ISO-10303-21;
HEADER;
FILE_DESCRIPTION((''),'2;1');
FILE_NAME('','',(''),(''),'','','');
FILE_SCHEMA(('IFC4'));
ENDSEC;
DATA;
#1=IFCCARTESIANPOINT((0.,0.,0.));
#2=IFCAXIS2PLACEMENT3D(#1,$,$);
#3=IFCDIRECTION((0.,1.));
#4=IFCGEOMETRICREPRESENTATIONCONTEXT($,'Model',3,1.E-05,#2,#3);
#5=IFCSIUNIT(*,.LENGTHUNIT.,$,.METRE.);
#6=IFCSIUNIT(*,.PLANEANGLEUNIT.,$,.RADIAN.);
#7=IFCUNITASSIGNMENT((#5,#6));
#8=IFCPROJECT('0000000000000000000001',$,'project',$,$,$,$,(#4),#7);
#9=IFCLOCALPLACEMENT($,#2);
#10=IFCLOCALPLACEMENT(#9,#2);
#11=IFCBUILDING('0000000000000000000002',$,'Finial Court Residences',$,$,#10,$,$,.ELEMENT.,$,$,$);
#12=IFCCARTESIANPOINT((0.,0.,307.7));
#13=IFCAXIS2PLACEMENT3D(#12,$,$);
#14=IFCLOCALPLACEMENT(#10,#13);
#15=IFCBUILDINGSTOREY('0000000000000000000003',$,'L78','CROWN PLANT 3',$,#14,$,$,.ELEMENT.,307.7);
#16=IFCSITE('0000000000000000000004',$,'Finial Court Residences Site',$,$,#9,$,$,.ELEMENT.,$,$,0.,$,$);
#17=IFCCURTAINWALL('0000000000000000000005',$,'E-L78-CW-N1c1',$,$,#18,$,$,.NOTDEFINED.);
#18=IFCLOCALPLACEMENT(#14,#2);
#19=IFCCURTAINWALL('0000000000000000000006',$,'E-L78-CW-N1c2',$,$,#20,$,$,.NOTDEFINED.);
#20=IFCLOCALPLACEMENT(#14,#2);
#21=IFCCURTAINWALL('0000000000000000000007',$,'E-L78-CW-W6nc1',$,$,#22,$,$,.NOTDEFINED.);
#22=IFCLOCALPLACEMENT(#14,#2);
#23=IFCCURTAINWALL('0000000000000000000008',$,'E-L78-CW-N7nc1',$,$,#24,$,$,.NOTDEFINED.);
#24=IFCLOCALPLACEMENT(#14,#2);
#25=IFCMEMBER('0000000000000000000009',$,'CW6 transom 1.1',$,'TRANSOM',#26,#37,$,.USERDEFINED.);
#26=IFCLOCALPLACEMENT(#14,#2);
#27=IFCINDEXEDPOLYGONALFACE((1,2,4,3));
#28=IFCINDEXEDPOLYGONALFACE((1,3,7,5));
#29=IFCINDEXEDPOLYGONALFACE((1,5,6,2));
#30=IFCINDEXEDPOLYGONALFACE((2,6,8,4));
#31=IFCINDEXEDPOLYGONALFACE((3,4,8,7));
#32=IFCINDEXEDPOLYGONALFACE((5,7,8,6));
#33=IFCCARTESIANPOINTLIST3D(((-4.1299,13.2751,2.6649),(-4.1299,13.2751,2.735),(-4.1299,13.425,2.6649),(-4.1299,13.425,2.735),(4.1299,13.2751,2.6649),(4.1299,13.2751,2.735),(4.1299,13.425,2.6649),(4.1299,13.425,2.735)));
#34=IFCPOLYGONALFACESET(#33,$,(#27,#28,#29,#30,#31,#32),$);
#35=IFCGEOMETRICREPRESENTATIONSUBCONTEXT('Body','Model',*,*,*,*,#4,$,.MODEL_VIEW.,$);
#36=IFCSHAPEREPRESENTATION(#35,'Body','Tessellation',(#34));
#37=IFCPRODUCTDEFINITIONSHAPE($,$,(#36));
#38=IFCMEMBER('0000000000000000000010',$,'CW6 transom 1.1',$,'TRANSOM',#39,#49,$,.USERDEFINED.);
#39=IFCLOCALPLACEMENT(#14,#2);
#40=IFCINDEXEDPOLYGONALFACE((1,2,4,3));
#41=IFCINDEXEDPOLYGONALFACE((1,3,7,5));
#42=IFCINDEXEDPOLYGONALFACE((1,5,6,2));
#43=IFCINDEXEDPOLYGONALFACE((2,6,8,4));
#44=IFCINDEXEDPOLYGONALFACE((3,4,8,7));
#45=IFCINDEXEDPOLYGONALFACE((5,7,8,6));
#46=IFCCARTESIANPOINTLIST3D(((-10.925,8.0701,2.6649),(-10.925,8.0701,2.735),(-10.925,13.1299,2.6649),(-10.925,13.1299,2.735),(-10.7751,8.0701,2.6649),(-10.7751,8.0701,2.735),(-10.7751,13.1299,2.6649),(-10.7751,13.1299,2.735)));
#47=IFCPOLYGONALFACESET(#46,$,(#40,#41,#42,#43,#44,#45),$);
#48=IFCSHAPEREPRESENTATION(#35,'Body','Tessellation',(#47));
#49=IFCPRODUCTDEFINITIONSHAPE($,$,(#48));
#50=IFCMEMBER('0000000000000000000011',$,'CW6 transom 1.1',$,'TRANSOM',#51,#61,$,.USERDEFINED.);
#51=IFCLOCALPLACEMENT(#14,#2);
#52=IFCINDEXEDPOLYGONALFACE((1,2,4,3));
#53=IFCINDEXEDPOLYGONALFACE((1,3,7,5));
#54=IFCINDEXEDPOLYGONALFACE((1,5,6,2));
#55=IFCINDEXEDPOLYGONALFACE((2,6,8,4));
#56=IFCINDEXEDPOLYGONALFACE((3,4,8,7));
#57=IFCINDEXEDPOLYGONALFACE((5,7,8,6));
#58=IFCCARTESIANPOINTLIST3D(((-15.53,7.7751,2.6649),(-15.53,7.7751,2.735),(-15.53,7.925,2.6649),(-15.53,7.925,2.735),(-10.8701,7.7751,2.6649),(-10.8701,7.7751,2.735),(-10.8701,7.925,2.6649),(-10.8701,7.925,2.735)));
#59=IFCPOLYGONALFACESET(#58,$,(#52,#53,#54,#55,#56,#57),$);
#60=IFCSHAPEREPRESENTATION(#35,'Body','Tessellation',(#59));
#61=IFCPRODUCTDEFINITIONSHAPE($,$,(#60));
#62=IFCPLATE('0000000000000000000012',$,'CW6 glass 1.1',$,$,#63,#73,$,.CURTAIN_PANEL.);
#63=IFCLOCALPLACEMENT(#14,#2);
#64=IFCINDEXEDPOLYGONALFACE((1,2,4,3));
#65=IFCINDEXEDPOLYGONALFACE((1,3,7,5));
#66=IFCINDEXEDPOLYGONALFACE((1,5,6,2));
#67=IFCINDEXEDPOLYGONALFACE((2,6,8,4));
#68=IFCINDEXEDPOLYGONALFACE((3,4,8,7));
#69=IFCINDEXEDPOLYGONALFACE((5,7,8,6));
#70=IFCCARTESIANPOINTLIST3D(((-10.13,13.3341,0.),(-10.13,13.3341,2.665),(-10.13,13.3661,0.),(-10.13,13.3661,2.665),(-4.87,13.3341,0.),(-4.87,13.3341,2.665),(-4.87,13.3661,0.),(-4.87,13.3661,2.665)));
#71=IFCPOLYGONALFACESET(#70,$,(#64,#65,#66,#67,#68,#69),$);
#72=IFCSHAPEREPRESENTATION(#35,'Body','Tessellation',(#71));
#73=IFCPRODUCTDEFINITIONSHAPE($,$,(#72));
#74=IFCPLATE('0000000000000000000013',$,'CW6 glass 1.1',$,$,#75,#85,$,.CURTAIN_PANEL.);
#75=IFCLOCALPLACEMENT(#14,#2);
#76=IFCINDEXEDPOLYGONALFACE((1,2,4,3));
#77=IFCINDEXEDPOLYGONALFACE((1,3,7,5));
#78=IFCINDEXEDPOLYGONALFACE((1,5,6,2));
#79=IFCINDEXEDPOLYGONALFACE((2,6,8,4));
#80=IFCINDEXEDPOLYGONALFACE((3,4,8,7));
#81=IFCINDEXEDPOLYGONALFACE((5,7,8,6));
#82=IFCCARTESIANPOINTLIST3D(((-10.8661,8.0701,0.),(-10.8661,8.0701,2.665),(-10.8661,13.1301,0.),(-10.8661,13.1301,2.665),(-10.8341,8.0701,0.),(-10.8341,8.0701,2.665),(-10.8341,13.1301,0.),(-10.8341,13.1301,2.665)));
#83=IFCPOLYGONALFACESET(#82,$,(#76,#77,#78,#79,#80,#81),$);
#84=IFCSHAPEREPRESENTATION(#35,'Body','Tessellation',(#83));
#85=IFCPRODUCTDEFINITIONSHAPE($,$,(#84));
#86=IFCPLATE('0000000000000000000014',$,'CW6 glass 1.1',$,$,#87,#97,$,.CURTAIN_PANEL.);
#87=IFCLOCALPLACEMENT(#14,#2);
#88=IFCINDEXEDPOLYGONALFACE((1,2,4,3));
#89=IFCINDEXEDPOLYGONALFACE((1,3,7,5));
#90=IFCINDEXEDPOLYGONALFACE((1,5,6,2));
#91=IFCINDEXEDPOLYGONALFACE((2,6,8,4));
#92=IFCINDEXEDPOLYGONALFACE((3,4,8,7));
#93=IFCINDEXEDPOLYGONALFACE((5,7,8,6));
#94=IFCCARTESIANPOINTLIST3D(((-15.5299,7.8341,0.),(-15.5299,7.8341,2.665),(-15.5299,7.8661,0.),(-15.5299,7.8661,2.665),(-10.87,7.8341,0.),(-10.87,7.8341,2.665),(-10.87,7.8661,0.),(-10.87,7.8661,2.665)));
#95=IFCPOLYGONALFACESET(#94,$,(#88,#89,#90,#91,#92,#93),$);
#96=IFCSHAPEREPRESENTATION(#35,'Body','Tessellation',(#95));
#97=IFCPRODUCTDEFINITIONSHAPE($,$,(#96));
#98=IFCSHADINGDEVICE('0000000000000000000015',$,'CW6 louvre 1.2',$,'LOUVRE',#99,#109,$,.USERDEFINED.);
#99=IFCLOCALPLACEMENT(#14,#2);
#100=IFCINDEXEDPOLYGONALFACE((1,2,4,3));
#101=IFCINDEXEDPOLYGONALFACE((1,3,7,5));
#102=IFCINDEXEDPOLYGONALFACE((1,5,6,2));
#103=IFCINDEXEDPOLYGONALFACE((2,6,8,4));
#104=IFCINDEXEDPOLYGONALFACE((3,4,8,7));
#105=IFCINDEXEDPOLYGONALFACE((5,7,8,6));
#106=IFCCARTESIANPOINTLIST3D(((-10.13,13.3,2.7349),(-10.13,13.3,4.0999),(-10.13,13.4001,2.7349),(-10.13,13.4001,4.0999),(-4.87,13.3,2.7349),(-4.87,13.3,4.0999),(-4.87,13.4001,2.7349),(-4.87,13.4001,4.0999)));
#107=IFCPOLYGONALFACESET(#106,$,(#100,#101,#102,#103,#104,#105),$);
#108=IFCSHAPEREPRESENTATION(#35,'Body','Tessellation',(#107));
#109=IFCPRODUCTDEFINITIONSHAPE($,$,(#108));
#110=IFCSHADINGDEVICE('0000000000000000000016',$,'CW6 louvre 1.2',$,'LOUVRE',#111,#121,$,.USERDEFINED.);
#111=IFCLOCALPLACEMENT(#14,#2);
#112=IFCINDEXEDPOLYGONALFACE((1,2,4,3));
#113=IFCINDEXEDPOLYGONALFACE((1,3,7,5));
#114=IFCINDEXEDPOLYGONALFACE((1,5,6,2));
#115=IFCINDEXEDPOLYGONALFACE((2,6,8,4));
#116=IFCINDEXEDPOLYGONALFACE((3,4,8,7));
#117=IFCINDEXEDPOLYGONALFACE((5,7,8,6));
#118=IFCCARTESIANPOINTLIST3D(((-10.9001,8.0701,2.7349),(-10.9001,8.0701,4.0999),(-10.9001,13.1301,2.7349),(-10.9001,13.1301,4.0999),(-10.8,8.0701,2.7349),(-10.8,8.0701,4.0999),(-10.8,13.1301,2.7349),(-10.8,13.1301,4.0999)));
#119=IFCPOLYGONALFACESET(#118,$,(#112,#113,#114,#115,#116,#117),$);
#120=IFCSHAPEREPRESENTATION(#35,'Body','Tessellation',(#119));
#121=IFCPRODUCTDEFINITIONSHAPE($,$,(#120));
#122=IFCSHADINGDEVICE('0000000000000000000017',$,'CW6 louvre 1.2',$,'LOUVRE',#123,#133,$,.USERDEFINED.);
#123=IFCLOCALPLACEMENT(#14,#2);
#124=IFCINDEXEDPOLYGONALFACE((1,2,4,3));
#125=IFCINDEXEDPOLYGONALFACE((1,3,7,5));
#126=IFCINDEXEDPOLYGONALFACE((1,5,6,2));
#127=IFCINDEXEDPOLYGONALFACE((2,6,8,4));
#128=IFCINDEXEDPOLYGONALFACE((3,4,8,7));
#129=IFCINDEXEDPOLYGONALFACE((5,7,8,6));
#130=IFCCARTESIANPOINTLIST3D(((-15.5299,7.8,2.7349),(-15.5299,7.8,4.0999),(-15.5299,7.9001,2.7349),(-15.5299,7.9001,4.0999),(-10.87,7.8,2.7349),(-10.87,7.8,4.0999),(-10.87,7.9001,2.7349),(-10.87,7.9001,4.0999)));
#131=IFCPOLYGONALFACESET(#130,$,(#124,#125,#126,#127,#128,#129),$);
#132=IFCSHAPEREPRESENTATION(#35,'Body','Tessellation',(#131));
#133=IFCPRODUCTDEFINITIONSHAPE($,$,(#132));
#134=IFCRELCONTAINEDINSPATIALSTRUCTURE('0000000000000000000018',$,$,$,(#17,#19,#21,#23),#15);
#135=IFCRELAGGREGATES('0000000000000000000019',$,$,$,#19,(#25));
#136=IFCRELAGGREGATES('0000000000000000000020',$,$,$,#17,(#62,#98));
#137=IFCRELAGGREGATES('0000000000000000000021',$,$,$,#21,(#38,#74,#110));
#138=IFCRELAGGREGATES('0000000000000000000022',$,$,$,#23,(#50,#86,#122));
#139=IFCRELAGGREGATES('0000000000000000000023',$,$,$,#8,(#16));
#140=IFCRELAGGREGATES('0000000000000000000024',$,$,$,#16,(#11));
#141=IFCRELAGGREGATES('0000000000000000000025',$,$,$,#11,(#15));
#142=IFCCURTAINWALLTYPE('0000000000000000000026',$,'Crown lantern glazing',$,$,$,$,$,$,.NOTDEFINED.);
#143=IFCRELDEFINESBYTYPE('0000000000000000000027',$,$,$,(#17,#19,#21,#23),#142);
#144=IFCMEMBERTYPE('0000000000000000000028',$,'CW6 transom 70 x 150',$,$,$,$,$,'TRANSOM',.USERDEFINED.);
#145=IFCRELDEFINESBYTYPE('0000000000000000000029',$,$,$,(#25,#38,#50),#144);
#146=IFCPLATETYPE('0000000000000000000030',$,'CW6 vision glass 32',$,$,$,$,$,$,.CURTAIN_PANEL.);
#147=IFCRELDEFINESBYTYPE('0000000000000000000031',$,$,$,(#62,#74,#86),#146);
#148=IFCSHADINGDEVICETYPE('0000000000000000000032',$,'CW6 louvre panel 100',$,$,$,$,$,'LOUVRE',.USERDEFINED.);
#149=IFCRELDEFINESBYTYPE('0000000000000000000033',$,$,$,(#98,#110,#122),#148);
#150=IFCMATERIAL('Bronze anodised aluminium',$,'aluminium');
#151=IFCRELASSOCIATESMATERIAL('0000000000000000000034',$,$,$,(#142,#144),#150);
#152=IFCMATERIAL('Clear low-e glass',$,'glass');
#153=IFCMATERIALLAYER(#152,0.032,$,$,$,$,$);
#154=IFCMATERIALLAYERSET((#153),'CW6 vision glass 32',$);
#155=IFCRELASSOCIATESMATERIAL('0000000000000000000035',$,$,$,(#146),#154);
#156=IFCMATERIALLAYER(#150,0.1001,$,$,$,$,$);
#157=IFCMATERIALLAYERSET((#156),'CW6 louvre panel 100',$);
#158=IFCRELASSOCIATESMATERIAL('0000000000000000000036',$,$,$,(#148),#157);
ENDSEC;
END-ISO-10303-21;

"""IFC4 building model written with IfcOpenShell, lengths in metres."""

from ifc_helpers import new_model, si_unit, direction, frame, origin, origin_2d, place, context, subcontext, project, spatial, rectangle, extrude, material, layer, layer_set, material_profile, profile_set, type_object, element, aggregate, save


model = new_model("IFC4")

# Units and contexts
model_context = context("Model", 3, precision=1e-05, world=origin(), true_north=direction((0.0, 1.0)))
body_context = subcontext(model_context, "Body", "Model", "MODEL_VIEW")
ifc_project = project(units=[si_unit("LENGTHUNIT", "METRE"), si_unit("PLANEANGLEUNIT", "RADIAN")], contexts=[model_context])

# Site, building, storey
site_placement = place(None, origin())
site = spatial("IfcSite", under=ifc_project, at=site_placement, Name="Finial Court Residences Site", CompositionType="ELEMENT", RefElevation=0.0)
building_placement = place(site_placement, origin())
building = spatial("IfcBuilding", under=site, at=building_placement, Name="Finial Court Residences", CompositionType="ELEMENT")
storey_placement = place(building_placement, frame((0.0, 0.0, 307.7)))
storey = spatial("IfcBuildingStorey", under=building, at=storey_placement, Name="L78", Description="CROWN PLANT 3", CompositionType="ELEMENT", Elevation=307.7)

# Curtain wall
ifc_material_1 = material(Name="Bronze anodised aluminium", Category="aluminium")
curtain_wall_type = type_object("IfcCurtainWallType", Name="Crown lantern glazing", PredefinedType="NOTDEFINED", material=ifc_material_1)
curtain_wall_1_placement = place(storey_placement, origin())
curtain_wall_1 = element("IfcCurtainWall", 1, at=curtain_wall_1_placement, inside=storey, type_object=curtain_wall_type, Name="E-L78-CW-N1c1", PredefinedType="NOTDEFINED")

# Curtain wall
curtain_wall_2_placement = place(storey_placement, origin())
curtain_wall_2 = element("IfcCurtainWall", 2, at=curtain_wall_2_placement, inside=storey, type_object=curtain_wall_type, Name="E-L78-CW-N1c2", PredefinedType="NOTDEFINED")

# Curtain walls
curtain_wall_3_placement = place(storey_placement, origin())
curtain_wall_3 = element("IfcCurtainWall", 3, at=curtain_wall_3_placement, inside=storey, type_object=curtain_wall_type, Name="E-L78-CW-W6nc1", PredefinedType="NOTDEFINED")
curtain_wall_4_placement = place(storey_placement, origin())
curtain_wall_4 = element("IfcCurtainWall", 4, at=curtain_wall_4_placement, inside=storey, type_object=curtain_wall_type, Name="E-L78-CW-N7nc1", PredefinedType="NOTDEFINED")

# Members
ifc_material_profile_1 = material_profile(ifc_material_1, rectangle(XDim=0.1499, YDim=0.0701, at=origin_2d()), Name="CW6 transom 70 x 150")
ifc_profile_set_1 = profile_set([ifc_material_profile_1], Name="Bronze anodised aluminium")
member_type_1 = type_object("IfcMemberType", Name="CW6 transom 70 x 150", ElementType="TRANSOM", PredefinedType="USERDEFINED", material=ifc_profile_set_1)
member_1_placement = place(storey_placement, frame((-4.1299, 13.3501, 2.7), z_axis=(1.0, 0.0, 0.0), x_axis=(0.0, 1.0, 0.0)))
member_1 = element("IfcMember", 5, at=member_1_placement, type_object=member_type_1, Name="CW6 transom 1.1", ObjectType="TRANSOM", PredefinedType="USERDEFINED", context=body_context, shape_type="SweptSolid", body=[
    extrude(rectangle(XDim=0.1499, YDim=0.0701, at=origin_2d()), origin(), (0.0, 0.0, 1.0), 8.2598),
])
aggregate(curtain_wall_2, [member_1])
member_2_placement = place(storey_placement, frame((-10.8501, 8.0701, 2.7), z_axis=(0.0, 1.0, 0.0), x_axis=(-1.0, 0.0, 0.0)))
member_2 = element("IfcMember", 6, at=member_2_placement, type_object=member_type_1, Name="CW6 transom 1.1", ObjectType="TRANSOM", PredefinedType="USERDEFINED", context=body_context, shape_type="SweptSolid", body=[
    extrude(rectangle(XDim=0.1499, YDim=0.0701, at=origin_2d()), origin(), (0.0, 0.0, 1.0), 5.0598),
])
member_3_placement = place(storey_placement, frame((-15.53, 7.8501, 2.7), z_axis=(1.0, 0.0, 0.0), x_axis=(0.0, 1.0, 0.0)))
member_3 = element("IfcMember", 7, at=member_3_placement, type_object=member_type_1, Name="CW6 transom 1.1", ObjectType="TRANSOM", PredefinedType="USERDEFINED", context=body_context, shape_type="SweptSolid", body=[
    extrude(rectangle(XDim=0.1499, YDim=0.0701, at=origin_2d()), origin(), (0.0, 0.0, 1.0), 4.6599),
])

# Plates
ifc_material_2 = material(Name="Clear low-e glass", Category="glass")
ifc_layer_1 = layer(ifc_material_2, 0.032)
ifc_layer_set_1 = layer_set([ifc_layer_1], Name="CW6 vision glass 32")
plate_type = type_object("IfcPlateType", Name="CW6 vision glass 32", PredefinedType="CURTAIN_PANEL", material=ifc_layer_set_1)
plate_1_placement = place(storey_placement, frame((-7.5, 13.3501, 0.0), z_axis=(0.0, 0.0, 1.0), x_axis=(1.0, 0.0, 0.0)))
plate_1 = element("IfcPlate", 8, at=plate_1_placement, type_object=plate_type, Name="CW6 glass 1.1", PredefinedType="CURTAIN_PANEL", context=body_context, shape_type="SweptSolid", body=[
    extrude(rectangle(XDim=5.26, YDim=0.032, at=origin_2d()), origin(), (0.0, 0.0, 1.0), 2.665),
])
plate_2_placement = place(storey_placement, frame((-10.8501, 10.6001, 0.0), z_axis=(0.0, 0.0, 1.0), x_axis=(0.0, 1.0, 0.0)))
plate_2 = element("IfcPlate", 9, at=plate_2_placement, type_object=plate_type, Name="CW6 glass 1.1", PredefinedType="CURTAIN_PANEL", context=body_context, shape_type="SweptSolid", body=[
    extrude(rectangle(XDim=5.0601, YDim=0.032, at=origin_2d()), origin(), (0.0, 0.0, 1.0), 2.665),
])
plate_3_placement = place(storey_placement, frame((-13.2, 7.8501, 0.0), z_axis=(0.0, 0.0, 1.0), x_axis=(1.0, 0.0, 0.0)))
plate_3 = element("IfcPlate", 10, at=plate_3_placement, type_object=plate_type, Name="CW6 glass 1.1", PredefinedType="CURTAIN_PANEL", context=body_context, shape_type="SweptSolid", body=[
    extrude(rectangle(XDim=4.6599, YDim=0.032, at=origin_2d()), origin(), (0.0, 0.0, 1.0), 2.665),
])

# Shading devices
ifc_layer_2 = layer(ifc_material_1, 0.1001)
ifc_layer_set_2 = layer_set([ifc_layer_2], Name="CW6 louvre panel 100")
shading_device_type = type_object("IfcShadingDeviceType", Name="CW6 louvre panel 100", ElementType="LOUVRE", PredefinedType="USERDEFINED", material=ifc_layer_set_2)
shading_device_1_placement = place(storey_placement, frame((-7.5, 13.3501, 2.7349), z_axis=(0.0, 0.0, 1.0), x_axis=(1.0, 0.0, 0.0)))
shading_device_1 = element("IfcShadingDevice", 11, at=shading_device_1_placement, type_object=shading_device_type, Name="CW6 louvre 1.2", ObjectType="LOUVRE", PredefinedType="USERDEFINED", context=body_context, shape_type="SweptSolid", body=[
    extrude(rectangle(XDim=5.26, YDim=0.1001, at=origin_2d()), origin(), (0.0, 0.0, 1.0), 1.365),
])
aggregate(curtain_wall_1, [plate_1, shading_device_1])
shading_device_2_placement = place(storey_placement, frame((-10.8501, 10.6001, 2.7349), z_axis=(0.0, 0.0, 1.0), x_axis=(0.0, 1.0, 0.0)))
shading_device_2 = element("IfcShadingDevice", 12, at=shading_device_2_placement, type_object=shading_device_type, Name="CW6 louvre 1.2", ObjectType="LOUVRE", PredefinedType="USERDEFINED", context=body_context, shape_type="SweptSolid", body=[
    extrude(rectangle(XDim=5.0601, YDim=0.1001, at=origin_2d()), origin(), (0.0, 0.0, 1.0), 1.365),
])
aggregate(curtain_wall_3, [member_2, plate_2, shading_device_2])
shading_device_3_placement = place(storey_placement, frame((-13.2, 7.8501, 2.7349), z_axis=(0.0, 0.0, 1.0), x_axis=(1.0, 0.0, 0.0)))
shading_device_3 = element("IfcShadingDevice", 13, at=shading_device_3_placement, type_object=shading_device_type, Name="CW6 louvre 1.2", ObjectType="LOUVRE", PredefinedType="USERDEFINED", context=body_context, shape_type="SweptSolid", body=[
    extrude(rectangle(XDim=4.6599, YDim=0.1001, at=origin_2d()), origin(), (0.0, 0.0, 1.0), 1.365),
])
aggregate(curtain_wall_4, [member_3, plate_3, shading_device_3])

save(model, "model.ifc")
